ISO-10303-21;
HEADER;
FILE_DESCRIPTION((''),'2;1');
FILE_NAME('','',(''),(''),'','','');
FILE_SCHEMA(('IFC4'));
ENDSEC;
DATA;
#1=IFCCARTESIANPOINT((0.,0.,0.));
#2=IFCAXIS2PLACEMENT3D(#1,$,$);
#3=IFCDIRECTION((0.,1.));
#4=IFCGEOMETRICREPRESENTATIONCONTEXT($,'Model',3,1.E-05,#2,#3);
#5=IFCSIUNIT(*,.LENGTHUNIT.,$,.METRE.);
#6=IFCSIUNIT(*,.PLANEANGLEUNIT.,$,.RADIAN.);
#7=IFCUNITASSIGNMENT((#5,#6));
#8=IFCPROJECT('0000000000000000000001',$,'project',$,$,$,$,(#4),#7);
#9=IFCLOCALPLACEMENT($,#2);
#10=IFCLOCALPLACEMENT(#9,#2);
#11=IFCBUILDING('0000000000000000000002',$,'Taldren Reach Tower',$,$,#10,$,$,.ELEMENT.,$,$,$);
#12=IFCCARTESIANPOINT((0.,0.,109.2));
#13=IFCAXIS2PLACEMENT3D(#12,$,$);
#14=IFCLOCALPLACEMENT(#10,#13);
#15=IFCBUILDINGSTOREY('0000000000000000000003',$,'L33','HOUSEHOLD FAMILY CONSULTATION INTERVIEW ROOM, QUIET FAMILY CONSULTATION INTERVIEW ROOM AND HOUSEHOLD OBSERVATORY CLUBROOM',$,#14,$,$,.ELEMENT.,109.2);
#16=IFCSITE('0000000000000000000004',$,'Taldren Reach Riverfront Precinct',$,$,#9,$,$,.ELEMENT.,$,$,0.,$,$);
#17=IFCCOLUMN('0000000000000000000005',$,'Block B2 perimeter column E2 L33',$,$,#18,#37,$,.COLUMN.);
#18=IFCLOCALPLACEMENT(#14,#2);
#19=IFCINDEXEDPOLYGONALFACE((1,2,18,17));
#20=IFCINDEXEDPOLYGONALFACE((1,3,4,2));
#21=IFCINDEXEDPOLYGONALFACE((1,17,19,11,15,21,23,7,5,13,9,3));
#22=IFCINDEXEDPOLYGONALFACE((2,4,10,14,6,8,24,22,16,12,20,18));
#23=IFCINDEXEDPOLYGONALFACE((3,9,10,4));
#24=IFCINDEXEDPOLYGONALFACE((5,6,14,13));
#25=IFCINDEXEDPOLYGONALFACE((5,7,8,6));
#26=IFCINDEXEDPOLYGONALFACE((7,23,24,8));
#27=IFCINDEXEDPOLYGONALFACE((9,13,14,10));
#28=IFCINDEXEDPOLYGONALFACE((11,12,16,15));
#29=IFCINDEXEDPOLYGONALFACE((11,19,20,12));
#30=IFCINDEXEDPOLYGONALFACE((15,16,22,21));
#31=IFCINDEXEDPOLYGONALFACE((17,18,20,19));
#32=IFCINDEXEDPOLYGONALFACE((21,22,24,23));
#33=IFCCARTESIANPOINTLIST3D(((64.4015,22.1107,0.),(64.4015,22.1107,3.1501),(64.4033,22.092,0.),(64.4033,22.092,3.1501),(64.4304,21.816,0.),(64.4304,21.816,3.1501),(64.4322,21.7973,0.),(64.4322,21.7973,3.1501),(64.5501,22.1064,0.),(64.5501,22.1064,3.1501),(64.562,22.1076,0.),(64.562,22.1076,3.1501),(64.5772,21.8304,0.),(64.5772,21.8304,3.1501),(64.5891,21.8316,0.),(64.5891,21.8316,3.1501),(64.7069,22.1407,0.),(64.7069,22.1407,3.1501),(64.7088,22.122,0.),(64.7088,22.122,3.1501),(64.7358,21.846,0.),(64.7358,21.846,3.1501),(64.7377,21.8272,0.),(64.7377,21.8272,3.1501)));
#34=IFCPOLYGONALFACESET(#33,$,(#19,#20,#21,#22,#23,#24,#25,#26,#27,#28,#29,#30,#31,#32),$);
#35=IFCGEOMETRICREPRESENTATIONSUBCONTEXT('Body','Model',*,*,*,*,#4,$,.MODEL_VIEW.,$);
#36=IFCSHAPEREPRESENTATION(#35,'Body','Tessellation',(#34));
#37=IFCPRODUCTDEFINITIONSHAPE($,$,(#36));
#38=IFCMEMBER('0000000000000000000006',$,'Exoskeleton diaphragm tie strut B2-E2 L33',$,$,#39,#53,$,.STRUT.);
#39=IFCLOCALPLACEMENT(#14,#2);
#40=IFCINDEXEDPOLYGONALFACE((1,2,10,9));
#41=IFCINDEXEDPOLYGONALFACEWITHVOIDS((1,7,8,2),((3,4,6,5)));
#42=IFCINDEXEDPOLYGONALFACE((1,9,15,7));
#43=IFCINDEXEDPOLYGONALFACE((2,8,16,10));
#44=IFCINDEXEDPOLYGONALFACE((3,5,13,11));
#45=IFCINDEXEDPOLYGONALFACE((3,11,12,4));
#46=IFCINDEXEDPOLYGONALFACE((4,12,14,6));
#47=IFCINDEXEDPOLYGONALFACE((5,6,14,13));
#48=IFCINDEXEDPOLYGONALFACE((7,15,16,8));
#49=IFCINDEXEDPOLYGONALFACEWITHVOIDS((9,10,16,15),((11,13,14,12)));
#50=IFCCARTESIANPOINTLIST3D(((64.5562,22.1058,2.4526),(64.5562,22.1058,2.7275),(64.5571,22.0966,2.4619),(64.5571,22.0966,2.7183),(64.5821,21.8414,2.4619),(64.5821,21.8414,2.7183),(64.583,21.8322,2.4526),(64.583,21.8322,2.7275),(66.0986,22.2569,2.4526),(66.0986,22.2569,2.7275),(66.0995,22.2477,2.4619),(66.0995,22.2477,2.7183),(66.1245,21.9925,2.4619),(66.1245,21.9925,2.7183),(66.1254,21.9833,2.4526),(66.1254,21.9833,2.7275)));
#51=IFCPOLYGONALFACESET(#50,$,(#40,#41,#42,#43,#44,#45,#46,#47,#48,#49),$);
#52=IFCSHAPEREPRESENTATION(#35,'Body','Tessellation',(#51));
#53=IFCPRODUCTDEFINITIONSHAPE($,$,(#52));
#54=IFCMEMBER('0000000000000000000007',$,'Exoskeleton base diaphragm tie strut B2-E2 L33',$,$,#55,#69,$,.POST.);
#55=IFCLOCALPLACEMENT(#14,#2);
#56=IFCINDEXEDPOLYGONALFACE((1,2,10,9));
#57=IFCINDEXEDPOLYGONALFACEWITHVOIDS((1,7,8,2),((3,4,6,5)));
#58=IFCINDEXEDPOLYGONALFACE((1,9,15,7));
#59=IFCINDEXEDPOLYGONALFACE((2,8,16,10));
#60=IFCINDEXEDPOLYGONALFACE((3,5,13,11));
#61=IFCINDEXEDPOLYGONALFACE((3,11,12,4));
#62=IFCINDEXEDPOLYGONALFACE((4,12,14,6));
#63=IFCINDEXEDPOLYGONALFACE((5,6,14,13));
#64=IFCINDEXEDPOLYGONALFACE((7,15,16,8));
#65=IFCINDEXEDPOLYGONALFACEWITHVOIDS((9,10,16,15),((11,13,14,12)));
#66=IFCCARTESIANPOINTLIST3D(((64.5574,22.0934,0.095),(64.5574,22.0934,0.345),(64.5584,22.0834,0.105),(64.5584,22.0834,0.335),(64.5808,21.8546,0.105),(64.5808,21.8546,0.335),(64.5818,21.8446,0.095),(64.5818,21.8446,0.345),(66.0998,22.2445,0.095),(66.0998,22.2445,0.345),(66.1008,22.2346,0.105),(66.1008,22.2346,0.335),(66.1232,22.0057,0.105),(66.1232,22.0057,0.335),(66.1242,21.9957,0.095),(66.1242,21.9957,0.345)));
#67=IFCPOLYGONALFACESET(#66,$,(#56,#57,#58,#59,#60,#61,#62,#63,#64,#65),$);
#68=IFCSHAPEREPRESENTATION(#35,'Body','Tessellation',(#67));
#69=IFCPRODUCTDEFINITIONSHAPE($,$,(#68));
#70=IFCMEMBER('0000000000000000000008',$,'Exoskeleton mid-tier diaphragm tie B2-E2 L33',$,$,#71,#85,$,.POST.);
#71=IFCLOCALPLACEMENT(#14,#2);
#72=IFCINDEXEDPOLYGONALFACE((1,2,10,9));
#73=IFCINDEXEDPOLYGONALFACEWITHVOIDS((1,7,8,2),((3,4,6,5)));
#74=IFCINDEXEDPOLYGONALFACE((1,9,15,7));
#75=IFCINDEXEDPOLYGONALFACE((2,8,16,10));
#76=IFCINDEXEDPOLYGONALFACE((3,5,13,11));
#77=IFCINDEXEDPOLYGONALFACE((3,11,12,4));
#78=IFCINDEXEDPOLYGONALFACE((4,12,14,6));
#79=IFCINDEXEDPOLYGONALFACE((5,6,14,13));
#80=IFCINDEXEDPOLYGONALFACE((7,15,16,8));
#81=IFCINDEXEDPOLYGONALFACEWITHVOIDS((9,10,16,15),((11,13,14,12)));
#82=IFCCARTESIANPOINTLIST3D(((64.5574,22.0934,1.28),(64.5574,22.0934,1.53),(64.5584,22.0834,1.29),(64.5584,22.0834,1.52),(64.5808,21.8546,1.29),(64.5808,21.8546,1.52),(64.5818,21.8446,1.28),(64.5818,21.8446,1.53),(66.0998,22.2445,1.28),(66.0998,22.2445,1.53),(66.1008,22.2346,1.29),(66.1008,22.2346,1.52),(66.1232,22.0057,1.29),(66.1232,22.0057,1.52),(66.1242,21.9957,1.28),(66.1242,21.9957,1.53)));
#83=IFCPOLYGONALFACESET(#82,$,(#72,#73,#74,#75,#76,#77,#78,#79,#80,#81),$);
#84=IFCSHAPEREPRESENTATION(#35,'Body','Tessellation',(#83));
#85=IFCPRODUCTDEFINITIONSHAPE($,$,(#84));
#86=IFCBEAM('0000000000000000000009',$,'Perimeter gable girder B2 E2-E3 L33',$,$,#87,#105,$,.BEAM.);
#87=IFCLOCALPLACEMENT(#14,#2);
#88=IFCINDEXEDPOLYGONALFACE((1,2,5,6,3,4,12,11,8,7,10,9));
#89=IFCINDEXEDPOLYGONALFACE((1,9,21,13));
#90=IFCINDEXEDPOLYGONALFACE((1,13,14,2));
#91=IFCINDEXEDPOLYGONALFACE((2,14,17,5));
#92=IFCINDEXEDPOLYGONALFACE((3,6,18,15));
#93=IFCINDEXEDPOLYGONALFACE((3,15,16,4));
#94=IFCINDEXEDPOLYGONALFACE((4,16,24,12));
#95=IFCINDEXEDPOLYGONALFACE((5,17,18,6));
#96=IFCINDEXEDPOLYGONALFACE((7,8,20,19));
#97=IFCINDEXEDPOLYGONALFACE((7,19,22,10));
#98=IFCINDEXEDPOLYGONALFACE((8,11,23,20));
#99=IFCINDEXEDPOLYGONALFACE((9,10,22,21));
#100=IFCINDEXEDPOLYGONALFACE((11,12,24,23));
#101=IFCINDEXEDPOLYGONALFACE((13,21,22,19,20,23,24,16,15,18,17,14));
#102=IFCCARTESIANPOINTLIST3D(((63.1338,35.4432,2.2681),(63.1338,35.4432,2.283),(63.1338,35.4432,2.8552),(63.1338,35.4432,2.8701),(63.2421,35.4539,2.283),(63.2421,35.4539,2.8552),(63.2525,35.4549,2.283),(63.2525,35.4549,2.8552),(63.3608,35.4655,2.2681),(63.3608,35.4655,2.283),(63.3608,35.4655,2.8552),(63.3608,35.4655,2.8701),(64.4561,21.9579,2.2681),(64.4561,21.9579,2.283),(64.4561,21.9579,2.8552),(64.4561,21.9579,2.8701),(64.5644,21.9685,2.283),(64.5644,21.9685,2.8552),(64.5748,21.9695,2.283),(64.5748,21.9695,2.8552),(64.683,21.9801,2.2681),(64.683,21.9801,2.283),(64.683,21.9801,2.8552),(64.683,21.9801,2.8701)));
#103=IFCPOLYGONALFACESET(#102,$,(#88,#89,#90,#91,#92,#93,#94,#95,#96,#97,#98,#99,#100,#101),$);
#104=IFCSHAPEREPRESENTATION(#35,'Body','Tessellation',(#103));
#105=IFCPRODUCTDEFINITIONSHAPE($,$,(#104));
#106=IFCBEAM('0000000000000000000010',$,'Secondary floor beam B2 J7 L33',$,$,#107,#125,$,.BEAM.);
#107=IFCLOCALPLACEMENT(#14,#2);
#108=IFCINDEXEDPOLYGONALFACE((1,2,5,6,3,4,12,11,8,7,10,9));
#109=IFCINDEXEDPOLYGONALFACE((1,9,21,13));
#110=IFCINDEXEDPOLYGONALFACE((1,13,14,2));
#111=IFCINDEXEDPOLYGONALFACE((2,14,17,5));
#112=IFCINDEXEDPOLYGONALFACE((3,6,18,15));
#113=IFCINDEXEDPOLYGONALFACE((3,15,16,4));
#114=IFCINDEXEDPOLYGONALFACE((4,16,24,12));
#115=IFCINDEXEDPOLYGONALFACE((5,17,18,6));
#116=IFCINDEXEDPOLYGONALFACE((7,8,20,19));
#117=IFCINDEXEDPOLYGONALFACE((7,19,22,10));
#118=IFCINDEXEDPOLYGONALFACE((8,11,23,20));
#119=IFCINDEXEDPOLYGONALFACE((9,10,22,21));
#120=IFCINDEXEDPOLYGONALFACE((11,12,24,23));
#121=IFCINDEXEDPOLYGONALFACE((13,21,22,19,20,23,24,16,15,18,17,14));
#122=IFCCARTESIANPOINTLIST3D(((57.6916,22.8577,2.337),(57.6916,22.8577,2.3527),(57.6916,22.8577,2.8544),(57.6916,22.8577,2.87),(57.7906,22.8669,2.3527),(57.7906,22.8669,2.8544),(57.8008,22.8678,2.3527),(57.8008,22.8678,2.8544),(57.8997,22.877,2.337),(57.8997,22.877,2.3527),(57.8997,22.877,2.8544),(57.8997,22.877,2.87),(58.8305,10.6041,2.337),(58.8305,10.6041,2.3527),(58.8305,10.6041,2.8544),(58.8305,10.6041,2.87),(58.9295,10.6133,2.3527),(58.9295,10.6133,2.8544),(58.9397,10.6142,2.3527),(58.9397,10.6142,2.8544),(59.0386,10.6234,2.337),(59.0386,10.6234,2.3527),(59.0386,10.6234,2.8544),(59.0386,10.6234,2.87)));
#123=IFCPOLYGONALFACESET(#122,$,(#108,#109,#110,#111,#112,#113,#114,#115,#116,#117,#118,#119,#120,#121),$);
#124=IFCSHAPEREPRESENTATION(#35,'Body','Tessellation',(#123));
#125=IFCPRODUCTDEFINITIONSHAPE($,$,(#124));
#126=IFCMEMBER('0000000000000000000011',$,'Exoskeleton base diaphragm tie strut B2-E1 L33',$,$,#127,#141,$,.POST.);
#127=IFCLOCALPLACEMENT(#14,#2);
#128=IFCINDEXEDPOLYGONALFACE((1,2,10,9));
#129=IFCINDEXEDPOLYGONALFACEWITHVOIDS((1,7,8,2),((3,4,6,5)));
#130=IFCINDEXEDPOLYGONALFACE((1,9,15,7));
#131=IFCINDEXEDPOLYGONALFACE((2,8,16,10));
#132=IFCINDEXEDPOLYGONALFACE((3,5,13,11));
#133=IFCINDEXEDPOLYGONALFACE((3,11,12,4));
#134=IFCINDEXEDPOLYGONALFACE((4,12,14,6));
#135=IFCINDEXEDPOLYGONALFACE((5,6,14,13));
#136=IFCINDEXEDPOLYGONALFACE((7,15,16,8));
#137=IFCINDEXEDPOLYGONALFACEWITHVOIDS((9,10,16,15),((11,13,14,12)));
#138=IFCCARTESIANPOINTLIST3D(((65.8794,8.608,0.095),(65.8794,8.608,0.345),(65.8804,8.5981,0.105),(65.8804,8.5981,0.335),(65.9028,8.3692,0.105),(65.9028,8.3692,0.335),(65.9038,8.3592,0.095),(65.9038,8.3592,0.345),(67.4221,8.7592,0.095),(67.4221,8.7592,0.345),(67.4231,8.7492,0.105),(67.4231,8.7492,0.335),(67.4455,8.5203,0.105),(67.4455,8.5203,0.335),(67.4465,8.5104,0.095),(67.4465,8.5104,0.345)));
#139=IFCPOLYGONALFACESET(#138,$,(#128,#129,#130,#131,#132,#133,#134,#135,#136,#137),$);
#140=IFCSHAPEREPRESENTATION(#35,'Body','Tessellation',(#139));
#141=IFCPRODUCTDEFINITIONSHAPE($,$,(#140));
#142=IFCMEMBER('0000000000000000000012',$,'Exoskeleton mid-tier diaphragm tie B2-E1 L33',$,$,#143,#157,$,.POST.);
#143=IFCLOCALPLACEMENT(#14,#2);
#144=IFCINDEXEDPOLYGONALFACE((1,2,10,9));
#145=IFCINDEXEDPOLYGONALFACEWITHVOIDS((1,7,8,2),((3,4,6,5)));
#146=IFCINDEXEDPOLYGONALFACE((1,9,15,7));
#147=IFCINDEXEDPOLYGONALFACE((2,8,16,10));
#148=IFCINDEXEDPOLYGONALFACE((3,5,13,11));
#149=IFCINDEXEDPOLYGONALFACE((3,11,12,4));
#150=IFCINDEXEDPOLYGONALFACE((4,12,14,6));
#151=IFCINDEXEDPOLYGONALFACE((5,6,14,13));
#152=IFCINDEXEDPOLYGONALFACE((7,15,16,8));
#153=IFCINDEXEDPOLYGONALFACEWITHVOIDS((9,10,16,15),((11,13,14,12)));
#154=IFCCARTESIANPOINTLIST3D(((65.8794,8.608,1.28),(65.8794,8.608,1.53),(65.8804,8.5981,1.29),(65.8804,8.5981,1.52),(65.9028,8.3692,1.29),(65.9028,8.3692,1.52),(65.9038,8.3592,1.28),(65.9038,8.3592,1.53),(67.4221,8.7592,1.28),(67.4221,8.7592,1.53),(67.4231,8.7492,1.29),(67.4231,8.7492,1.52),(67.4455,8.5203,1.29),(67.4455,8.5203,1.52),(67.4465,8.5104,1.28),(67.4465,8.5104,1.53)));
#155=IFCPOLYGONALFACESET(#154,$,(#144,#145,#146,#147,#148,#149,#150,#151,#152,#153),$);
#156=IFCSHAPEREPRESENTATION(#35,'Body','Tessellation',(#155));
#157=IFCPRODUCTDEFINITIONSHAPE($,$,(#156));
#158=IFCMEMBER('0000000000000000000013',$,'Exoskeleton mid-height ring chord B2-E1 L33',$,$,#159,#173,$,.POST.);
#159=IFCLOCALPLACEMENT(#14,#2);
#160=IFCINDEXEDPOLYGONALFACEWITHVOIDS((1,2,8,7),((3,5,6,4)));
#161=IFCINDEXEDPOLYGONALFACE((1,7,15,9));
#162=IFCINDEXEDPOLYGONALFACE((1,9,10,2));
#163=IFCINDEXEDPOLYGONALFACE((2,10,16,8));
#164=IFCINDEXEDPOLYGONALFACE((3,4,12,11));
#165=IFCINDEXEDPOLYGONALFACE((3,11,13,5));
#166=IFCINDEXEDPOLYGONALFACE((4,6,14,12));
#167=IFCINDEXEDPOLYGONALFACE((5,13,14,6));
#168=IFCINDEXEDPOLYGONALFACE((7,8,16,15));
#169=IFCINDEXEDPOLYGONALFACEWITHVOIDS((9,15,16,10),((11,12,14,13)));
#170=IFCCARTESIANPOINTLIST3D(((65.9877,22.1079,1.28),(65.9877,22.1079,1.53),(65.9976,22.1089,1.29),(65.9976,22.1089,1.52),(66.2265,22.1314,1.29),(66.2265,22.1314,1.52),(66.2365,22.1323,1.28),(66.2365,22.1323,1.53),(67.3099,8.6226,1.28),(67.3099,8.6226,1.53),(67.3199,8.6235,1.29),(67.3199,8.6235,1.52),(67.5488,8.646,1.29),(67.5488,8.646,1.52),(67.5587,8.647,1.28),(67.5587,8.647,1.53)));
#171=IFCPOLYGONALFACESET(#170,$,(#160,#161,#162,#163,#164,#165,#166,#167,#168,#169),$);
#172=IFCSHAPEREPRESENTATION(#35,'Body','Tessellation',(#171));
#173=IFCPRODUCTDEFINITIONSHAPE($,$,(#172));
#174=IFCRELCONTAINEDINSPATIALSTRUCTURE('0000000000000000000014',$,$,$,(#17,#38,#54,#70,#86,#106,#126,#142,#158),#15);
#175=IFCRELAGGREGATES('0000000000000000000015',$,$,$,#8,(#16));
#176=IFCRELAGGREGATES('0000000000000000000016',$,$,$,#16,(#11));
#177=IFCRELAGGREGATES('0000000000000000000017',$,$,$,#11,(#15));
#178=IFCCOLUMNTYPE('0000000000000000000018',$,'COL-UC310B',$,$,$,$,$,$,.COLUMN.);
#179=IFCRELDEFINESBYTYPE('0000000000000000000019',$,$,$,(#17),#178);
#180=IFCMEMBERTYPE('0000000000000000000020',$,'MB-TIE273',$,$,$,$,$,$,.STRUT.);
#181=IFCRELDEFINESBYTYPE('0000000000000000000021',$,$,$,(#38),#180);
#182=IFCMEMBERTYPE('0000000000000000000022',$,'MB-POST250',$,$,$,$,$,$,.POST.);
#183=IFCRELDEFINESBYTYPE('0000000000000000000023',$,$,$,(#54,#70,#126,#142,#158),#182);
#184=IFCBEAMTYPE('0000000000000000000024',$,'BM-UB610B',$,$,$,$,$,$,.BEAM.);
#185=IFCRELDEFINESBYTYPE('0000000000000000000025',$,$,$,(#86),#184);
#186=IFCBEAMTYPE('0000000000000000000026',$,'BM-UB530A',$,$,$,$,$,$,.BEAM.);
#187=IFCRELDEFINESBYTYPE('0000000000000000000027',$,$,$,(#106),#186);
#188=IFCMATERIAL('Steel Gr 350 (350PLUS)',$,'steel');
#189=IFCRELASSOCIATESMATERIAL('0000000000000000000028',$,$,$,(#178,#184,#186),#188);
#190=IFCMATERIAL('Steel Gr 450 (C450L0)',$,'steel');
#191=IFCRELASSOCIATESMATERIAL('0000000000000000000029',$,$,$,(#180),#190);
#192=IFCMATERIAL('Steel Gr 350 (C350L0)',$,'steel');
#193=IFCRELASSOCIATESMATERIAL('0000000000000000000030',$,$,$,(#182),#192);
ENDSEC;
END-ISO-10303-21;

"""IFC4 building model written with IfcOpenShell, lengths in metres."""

from ifc_helpers import new_model, si_unit, direction, frame, origin, origin_2d, place, context, subcontext, project, spatial, hollow_rectangle, i_section, extrude, source, transform, mapped, material, material_profile, profile_set, type_object, element, save


model = new_model("IFC4")

# Units and contexts
model_context = context("Model", 3, precision=1e-05, world=origin(), true_north=direction((0.0, 1.0)))
body_context = subcontext(model_context, "Body", "Model", "MODEL_VIEW")
ifc_project = project(units=[si_unit("LENGTHUNIT", "METRE"), si_unit("PLANEANGLEUNIT", "RADIAN")], contexts=[model_context])

# Site, building, storey
site_placement = place(None, origin())
site = spatial("IfcSite", under=ifc_project, at=site_placement, Name="Taldren Reach Riverfront Precinct", CompositionType="ELEMENT", RefElevation=0.0)
building_placement = place(site_placement, origin())
building = spatial("IfcBuilding", under=site, at=building_placement, Name="Taldren Reach Tower", CompositionType="ELEMENT")
storey_placement = place(building_placement, frame((0.0, 0.0, 109.2)))
storey = spatial("IfcBuildingStorey", under=building, at=storey_placement, Name="L33", Description="HOUSEHOLD FAMILY CONSULTATION INTERVIEW ROOM, QUIET FAMILY CONSULTATION INTERVIEW ROOM AND HOUSEHOLD OBSERVATORY CLUBROOM", CompositionType="ELEMENT", Elevation=109.2)

# Column
ifc_material_1 = material(Name="Steel Gr 350 (350PLUS)", Category="steel")
ifc_material_profile_1 = material_profile(ifc_material_1, i_section(OverallWidth=0.3069, OverallDepth=0.3149, WebThickness=0.012, FlangeThickness=0.0188, at=origin_2d()), Name="310UC118")
ifc_profile_set_1 = profile_set([ifc_material_profile_1], Name="Steel Gr 350 (350PLUS)")
column_type = type_object("IfcColumnType", Name="COL-UC310B", PredefinedType="COLUMN", material=ifc_profile_set_1)
shared_shape_1 = source(origin(), body_context, "Body", "SweptSolid", [
    extrude(i_section(OverallWidth=0.3069, OverallDepth=0.3149, WebThickness=0.012, FlangeThickness=0.0188, at=origin_2d()), origin(), (0.0, 0.0, 1.0), 3.1501),
])
column_placement = place(storey_placement, frame((64.5696, 21.969, 0.0), z_axis=(0.0, 0.0, 1.0), x_axis=(0.995227, 0.097583, 0.0)))
element("IfcColumn", 1, at=column_placement, inside=storey, type_object=column_type, Name="Block B2 perimeter column E2 L33", PredefinedType="COLUMN", context=body_context, shape_type="MappedRepresentation", body=[
    mapped(shared_shape_1, transform((0.0, 0.0, 0.0), scale=1.0)),
])

# Members
ifc_material_2 = material(Name="Steel Gr 450 (C450L0)", Category="steel")
ifc_material_profile_2 = material_profile(ifc_material_2, hollow_rectangle(XDim=0.2749, YDim=0.2749, WallThickness=0.0093, at=origin_2d()), Name="275x275x9.3SHS")
ifc_profile_set_2 = profile_set([ifc_material_profile_2], Name="Steel Gr 450 (C450L0)")
member_type_1 = type_object("IfcMemberType", Name="MB-TIE273", PredefinedType="STRUT", material=ifc_profile_set_2)
shared_shape_2 = source(origin(), body_context, "Body", "SweptSolid", [
    extrude(hollow_rectangle(XDim=0.2749, YDim=0.2749, WallThickness=0.0093, at=origin_2d()), origin(), (0.0, 0.0, 1.0), 1.5498),
])
member_1_placement = place(storey_placement, frame((64.5696, 21.969, 2.5901), z_axis=(0.995235, 0.097507, 0.0), x_axis=(-0.097507, 0.995235, 0.0)))
element("IfcMember", 2, at=member_1_placement, inside=storey, type_object=member_type_1, Name="Exoskeleton diaphragm tie strut B2-E2 L33", PredefinedType="STRUT", context=body_context, shape_type="MappedRepresentation", body=[
    mapped(shared_shape_2, transform((0.0, 0.0, 0.0), scale=1.0)),
])
ifc_material_3 = material(Name="Steel Gr 350 (C350L0)", Category="steel")
ifc_material_profile_3 = material_profile(ifc_material_3, hollow_rectangle(XDim=0.25, YDim=0.25, WallThickness=0.01, at=origin_2d()), Name="250x250x10.0SHS")
ifc_profile_set_3 = profile_set([ifc_material_profile_3], Name="Steel Gr 350 (C350L0)")
member_type_2 = type_object("IfcMemberType", Name="MB-POST250", PredefinedType="POST", material=ifc_profile_set_3)
shared_shape_3 = source(origin(), body_context, "Body", "SweptSolid", [
    extrude(hollow_rectangle(XDim=0.25, YDim=0.25, WallThickness=0.01, at=origin_2d()), origin(), (0.0, 0.0, 1.0), 1.5498),
])
for number, where, z_axis, x_axis, name in (
    (3, (64.5696, 21.969, 0.22), (0.995235, 0.097507, 0.0), (-0.097507, 0.995235, 0.0), "Exoskeleton base diaphragm tie strut B2-E2 L33"),
    (4, (64.5696, 21.969, 1.405), (0.995235, 0.097507, 0.0), (-0.097507, 0.995235, 0.0), "Exoskeleton mid-tier diaphragm tie B2-E2 L33"),
):
    element("IfcMember", number, at=place(storey_placement, frame(where, z_axis=z_axis, x_axis=x_axis)), inside=storey, type_object=member_type_2, Name=name, PredefinedType="POST", context=body_context, shape_type="MappedRepresentation", body=[
        mapped(shared_shape_3, transform((0.0, 0.0, 0.0), scale=1.0)),
    ])

# Beams
ifc_material_profile_4 = material_profile(ifc_material_1, i_section(OverallWidth=0.228, OverallDepth=0.6021, WebThickness=0.0105, FlangeThickness=0.0149, at=origin_2d()), Name="610UB101")
ifc_profile_set_4 = profile_set([ifc_material_profile_4], Name="Steel Gr 350 (350PLUS)")
beam_type_1 = type_object("IfcBeamType", Name="BM-UB610B", PredefinedType="BEAM", material=ifc_profile_set_4)
shared_shape_4 = source(origin(), body_context, "Body", "SweptSolid", [
    extrude(i_section(OverallWidth=0.228, OverallDepth=0.6021, WebThickness=0.0105, FlangeThickness=0.0149, at=origin_2d()), origin(), (0.0, 0.0, 1.0), 13.55),
])
beam_1_placement = place(storey_placement, frame((64.5696, 21.969, 2.5691), z_axis=(-0.097584, 0.995227, 0.0), x_axis=(-0.995227, -0.097584, 0.0)))
element("IfcBeam", 5, at=beam_1_placement, inside=storey, type_object=beam_type_1, Name="Perimeter gable girder B2 E2-E3 L33", PredefinedType="BEAM", context=body_context, shape_type="MappedRepresentation", body=[
    mapped(shared_shape_4, transform((0.0, 0.0, 0.0), scale=1.0)),
])
ifc_material_profile_5 = material_profile(ifc_material_1, i_section(OverallWidth=0.209, OverallDepth=0.533, WebThickness=0.0103, FlangeThickness=0.0156, at=origin_2d()), Name="530UB92.4")
ifc_profile_set_5 = profile_set([ifc_material_profile_5], Name="Steel Gr 350 (350PLUS)")
beam_type_2 = type_object("IfcBeamType", Name="BM-UB530A", PredefinedType="BEAM", material=ifc_profile_set_5)
shared_shape_5 = source(origin(), body_context, "Body", "SweptSolid", [
    extrude(i_section(OverallWidth=0.209, OverallDepth=0.533, WebThickness=0.0103, FlangeThickness=0.0156, at=origin_2d()), origin(), (0.0, 0.0, 1.0), 12.3064),
])
beam_2_placement = place(storey_placement, frame((58.9346, 10.6138, 2.6035), z_axis=(-0.092546, 0.995708, 0.0), x_axis=(-0.995708, -0.092546, 0.0)))
element("IfcBeam", 6, at=beam_2_placement, inside=storey, type_object=beam_type_2, Name="Secondary floor beam B2 J7 L33", PredefinedType="BEAM", context=body_context, shape_type="MappedRepresentation", body=[
    mapped(shared_shape_5, transform((0.0, 0.0, 0.0), scale=1.0)),
])

# Members
shared_shape_6 = source(origin(), body_context, "Body", "SweptSolid", [
    extrude(hollow_rectangle(XDim=0.25, YDim=0.25, WallThickness=0.01, at=origin_2d()), origin(), (0.0, 0.0, 1.0), 1.55),
])
for number, where, z_axis, x_axis, name in (
    (7, (65.8916, 8.4836, 0.22), (0.995236, 0.097492, 0.0), (-0.097492, 0.995236, 0.0), "Exoskeleton base diaphragm tie strut B2-E1 L33"),
    (8, (65.8916, 8.4836, 1.405), (0.995236, 0.097492, 0.0), (-0.097492, 0.995236, 0.0), "Exoskeleton mid-tier diaphragm tie B2-E1 L33"),
):
    element("IfcMember", number, at=place(storey_placement, frame(where, z_axis=z_axis, x_axis=x_axis)), inside=storey, type_object=member_type_2, Name=name, PredefinedType="POST", context=body_context, shape_type="MappedRepresentation", body=[
        mapped(shared_shape_6, transform((0.0, 0.0, 0.0), scale=1.0)),
    ])
shared_shape_7 = source(origin(), body_context, "Body", "SweptSolid", [
    extrude(hollow_rectangle(XDim=0.25, YDim=0.25, WallThickness=0.01, at=origin_2d()), origin(), (0.0, 0.0, 1.0), 13.55),
])
for number, where, z_axis, x_axis, name in (
    (9, (67.4343, 8.6348, 1.405), (-0.097584, 0.995227, 0.0), (-0.995227, -0.097584, 0.0), "Exoskeleton mid-height ring chord B2-E1 L33"),
):
    element("IfcMember", number, at=place(storey_placement, frame(where, z_axis=z_axis, x_axis=x_axis)), inside=storey, type_object=member_type_2, Name=name, PredefinedType="POST", context=body_context, shape_type="MappedRepresentation", body=[
        mapped(shared_shape_7, transform((0.0, 0.0, 0.0), scale=1.0)),
    ])

save(model, "model.ifc")
